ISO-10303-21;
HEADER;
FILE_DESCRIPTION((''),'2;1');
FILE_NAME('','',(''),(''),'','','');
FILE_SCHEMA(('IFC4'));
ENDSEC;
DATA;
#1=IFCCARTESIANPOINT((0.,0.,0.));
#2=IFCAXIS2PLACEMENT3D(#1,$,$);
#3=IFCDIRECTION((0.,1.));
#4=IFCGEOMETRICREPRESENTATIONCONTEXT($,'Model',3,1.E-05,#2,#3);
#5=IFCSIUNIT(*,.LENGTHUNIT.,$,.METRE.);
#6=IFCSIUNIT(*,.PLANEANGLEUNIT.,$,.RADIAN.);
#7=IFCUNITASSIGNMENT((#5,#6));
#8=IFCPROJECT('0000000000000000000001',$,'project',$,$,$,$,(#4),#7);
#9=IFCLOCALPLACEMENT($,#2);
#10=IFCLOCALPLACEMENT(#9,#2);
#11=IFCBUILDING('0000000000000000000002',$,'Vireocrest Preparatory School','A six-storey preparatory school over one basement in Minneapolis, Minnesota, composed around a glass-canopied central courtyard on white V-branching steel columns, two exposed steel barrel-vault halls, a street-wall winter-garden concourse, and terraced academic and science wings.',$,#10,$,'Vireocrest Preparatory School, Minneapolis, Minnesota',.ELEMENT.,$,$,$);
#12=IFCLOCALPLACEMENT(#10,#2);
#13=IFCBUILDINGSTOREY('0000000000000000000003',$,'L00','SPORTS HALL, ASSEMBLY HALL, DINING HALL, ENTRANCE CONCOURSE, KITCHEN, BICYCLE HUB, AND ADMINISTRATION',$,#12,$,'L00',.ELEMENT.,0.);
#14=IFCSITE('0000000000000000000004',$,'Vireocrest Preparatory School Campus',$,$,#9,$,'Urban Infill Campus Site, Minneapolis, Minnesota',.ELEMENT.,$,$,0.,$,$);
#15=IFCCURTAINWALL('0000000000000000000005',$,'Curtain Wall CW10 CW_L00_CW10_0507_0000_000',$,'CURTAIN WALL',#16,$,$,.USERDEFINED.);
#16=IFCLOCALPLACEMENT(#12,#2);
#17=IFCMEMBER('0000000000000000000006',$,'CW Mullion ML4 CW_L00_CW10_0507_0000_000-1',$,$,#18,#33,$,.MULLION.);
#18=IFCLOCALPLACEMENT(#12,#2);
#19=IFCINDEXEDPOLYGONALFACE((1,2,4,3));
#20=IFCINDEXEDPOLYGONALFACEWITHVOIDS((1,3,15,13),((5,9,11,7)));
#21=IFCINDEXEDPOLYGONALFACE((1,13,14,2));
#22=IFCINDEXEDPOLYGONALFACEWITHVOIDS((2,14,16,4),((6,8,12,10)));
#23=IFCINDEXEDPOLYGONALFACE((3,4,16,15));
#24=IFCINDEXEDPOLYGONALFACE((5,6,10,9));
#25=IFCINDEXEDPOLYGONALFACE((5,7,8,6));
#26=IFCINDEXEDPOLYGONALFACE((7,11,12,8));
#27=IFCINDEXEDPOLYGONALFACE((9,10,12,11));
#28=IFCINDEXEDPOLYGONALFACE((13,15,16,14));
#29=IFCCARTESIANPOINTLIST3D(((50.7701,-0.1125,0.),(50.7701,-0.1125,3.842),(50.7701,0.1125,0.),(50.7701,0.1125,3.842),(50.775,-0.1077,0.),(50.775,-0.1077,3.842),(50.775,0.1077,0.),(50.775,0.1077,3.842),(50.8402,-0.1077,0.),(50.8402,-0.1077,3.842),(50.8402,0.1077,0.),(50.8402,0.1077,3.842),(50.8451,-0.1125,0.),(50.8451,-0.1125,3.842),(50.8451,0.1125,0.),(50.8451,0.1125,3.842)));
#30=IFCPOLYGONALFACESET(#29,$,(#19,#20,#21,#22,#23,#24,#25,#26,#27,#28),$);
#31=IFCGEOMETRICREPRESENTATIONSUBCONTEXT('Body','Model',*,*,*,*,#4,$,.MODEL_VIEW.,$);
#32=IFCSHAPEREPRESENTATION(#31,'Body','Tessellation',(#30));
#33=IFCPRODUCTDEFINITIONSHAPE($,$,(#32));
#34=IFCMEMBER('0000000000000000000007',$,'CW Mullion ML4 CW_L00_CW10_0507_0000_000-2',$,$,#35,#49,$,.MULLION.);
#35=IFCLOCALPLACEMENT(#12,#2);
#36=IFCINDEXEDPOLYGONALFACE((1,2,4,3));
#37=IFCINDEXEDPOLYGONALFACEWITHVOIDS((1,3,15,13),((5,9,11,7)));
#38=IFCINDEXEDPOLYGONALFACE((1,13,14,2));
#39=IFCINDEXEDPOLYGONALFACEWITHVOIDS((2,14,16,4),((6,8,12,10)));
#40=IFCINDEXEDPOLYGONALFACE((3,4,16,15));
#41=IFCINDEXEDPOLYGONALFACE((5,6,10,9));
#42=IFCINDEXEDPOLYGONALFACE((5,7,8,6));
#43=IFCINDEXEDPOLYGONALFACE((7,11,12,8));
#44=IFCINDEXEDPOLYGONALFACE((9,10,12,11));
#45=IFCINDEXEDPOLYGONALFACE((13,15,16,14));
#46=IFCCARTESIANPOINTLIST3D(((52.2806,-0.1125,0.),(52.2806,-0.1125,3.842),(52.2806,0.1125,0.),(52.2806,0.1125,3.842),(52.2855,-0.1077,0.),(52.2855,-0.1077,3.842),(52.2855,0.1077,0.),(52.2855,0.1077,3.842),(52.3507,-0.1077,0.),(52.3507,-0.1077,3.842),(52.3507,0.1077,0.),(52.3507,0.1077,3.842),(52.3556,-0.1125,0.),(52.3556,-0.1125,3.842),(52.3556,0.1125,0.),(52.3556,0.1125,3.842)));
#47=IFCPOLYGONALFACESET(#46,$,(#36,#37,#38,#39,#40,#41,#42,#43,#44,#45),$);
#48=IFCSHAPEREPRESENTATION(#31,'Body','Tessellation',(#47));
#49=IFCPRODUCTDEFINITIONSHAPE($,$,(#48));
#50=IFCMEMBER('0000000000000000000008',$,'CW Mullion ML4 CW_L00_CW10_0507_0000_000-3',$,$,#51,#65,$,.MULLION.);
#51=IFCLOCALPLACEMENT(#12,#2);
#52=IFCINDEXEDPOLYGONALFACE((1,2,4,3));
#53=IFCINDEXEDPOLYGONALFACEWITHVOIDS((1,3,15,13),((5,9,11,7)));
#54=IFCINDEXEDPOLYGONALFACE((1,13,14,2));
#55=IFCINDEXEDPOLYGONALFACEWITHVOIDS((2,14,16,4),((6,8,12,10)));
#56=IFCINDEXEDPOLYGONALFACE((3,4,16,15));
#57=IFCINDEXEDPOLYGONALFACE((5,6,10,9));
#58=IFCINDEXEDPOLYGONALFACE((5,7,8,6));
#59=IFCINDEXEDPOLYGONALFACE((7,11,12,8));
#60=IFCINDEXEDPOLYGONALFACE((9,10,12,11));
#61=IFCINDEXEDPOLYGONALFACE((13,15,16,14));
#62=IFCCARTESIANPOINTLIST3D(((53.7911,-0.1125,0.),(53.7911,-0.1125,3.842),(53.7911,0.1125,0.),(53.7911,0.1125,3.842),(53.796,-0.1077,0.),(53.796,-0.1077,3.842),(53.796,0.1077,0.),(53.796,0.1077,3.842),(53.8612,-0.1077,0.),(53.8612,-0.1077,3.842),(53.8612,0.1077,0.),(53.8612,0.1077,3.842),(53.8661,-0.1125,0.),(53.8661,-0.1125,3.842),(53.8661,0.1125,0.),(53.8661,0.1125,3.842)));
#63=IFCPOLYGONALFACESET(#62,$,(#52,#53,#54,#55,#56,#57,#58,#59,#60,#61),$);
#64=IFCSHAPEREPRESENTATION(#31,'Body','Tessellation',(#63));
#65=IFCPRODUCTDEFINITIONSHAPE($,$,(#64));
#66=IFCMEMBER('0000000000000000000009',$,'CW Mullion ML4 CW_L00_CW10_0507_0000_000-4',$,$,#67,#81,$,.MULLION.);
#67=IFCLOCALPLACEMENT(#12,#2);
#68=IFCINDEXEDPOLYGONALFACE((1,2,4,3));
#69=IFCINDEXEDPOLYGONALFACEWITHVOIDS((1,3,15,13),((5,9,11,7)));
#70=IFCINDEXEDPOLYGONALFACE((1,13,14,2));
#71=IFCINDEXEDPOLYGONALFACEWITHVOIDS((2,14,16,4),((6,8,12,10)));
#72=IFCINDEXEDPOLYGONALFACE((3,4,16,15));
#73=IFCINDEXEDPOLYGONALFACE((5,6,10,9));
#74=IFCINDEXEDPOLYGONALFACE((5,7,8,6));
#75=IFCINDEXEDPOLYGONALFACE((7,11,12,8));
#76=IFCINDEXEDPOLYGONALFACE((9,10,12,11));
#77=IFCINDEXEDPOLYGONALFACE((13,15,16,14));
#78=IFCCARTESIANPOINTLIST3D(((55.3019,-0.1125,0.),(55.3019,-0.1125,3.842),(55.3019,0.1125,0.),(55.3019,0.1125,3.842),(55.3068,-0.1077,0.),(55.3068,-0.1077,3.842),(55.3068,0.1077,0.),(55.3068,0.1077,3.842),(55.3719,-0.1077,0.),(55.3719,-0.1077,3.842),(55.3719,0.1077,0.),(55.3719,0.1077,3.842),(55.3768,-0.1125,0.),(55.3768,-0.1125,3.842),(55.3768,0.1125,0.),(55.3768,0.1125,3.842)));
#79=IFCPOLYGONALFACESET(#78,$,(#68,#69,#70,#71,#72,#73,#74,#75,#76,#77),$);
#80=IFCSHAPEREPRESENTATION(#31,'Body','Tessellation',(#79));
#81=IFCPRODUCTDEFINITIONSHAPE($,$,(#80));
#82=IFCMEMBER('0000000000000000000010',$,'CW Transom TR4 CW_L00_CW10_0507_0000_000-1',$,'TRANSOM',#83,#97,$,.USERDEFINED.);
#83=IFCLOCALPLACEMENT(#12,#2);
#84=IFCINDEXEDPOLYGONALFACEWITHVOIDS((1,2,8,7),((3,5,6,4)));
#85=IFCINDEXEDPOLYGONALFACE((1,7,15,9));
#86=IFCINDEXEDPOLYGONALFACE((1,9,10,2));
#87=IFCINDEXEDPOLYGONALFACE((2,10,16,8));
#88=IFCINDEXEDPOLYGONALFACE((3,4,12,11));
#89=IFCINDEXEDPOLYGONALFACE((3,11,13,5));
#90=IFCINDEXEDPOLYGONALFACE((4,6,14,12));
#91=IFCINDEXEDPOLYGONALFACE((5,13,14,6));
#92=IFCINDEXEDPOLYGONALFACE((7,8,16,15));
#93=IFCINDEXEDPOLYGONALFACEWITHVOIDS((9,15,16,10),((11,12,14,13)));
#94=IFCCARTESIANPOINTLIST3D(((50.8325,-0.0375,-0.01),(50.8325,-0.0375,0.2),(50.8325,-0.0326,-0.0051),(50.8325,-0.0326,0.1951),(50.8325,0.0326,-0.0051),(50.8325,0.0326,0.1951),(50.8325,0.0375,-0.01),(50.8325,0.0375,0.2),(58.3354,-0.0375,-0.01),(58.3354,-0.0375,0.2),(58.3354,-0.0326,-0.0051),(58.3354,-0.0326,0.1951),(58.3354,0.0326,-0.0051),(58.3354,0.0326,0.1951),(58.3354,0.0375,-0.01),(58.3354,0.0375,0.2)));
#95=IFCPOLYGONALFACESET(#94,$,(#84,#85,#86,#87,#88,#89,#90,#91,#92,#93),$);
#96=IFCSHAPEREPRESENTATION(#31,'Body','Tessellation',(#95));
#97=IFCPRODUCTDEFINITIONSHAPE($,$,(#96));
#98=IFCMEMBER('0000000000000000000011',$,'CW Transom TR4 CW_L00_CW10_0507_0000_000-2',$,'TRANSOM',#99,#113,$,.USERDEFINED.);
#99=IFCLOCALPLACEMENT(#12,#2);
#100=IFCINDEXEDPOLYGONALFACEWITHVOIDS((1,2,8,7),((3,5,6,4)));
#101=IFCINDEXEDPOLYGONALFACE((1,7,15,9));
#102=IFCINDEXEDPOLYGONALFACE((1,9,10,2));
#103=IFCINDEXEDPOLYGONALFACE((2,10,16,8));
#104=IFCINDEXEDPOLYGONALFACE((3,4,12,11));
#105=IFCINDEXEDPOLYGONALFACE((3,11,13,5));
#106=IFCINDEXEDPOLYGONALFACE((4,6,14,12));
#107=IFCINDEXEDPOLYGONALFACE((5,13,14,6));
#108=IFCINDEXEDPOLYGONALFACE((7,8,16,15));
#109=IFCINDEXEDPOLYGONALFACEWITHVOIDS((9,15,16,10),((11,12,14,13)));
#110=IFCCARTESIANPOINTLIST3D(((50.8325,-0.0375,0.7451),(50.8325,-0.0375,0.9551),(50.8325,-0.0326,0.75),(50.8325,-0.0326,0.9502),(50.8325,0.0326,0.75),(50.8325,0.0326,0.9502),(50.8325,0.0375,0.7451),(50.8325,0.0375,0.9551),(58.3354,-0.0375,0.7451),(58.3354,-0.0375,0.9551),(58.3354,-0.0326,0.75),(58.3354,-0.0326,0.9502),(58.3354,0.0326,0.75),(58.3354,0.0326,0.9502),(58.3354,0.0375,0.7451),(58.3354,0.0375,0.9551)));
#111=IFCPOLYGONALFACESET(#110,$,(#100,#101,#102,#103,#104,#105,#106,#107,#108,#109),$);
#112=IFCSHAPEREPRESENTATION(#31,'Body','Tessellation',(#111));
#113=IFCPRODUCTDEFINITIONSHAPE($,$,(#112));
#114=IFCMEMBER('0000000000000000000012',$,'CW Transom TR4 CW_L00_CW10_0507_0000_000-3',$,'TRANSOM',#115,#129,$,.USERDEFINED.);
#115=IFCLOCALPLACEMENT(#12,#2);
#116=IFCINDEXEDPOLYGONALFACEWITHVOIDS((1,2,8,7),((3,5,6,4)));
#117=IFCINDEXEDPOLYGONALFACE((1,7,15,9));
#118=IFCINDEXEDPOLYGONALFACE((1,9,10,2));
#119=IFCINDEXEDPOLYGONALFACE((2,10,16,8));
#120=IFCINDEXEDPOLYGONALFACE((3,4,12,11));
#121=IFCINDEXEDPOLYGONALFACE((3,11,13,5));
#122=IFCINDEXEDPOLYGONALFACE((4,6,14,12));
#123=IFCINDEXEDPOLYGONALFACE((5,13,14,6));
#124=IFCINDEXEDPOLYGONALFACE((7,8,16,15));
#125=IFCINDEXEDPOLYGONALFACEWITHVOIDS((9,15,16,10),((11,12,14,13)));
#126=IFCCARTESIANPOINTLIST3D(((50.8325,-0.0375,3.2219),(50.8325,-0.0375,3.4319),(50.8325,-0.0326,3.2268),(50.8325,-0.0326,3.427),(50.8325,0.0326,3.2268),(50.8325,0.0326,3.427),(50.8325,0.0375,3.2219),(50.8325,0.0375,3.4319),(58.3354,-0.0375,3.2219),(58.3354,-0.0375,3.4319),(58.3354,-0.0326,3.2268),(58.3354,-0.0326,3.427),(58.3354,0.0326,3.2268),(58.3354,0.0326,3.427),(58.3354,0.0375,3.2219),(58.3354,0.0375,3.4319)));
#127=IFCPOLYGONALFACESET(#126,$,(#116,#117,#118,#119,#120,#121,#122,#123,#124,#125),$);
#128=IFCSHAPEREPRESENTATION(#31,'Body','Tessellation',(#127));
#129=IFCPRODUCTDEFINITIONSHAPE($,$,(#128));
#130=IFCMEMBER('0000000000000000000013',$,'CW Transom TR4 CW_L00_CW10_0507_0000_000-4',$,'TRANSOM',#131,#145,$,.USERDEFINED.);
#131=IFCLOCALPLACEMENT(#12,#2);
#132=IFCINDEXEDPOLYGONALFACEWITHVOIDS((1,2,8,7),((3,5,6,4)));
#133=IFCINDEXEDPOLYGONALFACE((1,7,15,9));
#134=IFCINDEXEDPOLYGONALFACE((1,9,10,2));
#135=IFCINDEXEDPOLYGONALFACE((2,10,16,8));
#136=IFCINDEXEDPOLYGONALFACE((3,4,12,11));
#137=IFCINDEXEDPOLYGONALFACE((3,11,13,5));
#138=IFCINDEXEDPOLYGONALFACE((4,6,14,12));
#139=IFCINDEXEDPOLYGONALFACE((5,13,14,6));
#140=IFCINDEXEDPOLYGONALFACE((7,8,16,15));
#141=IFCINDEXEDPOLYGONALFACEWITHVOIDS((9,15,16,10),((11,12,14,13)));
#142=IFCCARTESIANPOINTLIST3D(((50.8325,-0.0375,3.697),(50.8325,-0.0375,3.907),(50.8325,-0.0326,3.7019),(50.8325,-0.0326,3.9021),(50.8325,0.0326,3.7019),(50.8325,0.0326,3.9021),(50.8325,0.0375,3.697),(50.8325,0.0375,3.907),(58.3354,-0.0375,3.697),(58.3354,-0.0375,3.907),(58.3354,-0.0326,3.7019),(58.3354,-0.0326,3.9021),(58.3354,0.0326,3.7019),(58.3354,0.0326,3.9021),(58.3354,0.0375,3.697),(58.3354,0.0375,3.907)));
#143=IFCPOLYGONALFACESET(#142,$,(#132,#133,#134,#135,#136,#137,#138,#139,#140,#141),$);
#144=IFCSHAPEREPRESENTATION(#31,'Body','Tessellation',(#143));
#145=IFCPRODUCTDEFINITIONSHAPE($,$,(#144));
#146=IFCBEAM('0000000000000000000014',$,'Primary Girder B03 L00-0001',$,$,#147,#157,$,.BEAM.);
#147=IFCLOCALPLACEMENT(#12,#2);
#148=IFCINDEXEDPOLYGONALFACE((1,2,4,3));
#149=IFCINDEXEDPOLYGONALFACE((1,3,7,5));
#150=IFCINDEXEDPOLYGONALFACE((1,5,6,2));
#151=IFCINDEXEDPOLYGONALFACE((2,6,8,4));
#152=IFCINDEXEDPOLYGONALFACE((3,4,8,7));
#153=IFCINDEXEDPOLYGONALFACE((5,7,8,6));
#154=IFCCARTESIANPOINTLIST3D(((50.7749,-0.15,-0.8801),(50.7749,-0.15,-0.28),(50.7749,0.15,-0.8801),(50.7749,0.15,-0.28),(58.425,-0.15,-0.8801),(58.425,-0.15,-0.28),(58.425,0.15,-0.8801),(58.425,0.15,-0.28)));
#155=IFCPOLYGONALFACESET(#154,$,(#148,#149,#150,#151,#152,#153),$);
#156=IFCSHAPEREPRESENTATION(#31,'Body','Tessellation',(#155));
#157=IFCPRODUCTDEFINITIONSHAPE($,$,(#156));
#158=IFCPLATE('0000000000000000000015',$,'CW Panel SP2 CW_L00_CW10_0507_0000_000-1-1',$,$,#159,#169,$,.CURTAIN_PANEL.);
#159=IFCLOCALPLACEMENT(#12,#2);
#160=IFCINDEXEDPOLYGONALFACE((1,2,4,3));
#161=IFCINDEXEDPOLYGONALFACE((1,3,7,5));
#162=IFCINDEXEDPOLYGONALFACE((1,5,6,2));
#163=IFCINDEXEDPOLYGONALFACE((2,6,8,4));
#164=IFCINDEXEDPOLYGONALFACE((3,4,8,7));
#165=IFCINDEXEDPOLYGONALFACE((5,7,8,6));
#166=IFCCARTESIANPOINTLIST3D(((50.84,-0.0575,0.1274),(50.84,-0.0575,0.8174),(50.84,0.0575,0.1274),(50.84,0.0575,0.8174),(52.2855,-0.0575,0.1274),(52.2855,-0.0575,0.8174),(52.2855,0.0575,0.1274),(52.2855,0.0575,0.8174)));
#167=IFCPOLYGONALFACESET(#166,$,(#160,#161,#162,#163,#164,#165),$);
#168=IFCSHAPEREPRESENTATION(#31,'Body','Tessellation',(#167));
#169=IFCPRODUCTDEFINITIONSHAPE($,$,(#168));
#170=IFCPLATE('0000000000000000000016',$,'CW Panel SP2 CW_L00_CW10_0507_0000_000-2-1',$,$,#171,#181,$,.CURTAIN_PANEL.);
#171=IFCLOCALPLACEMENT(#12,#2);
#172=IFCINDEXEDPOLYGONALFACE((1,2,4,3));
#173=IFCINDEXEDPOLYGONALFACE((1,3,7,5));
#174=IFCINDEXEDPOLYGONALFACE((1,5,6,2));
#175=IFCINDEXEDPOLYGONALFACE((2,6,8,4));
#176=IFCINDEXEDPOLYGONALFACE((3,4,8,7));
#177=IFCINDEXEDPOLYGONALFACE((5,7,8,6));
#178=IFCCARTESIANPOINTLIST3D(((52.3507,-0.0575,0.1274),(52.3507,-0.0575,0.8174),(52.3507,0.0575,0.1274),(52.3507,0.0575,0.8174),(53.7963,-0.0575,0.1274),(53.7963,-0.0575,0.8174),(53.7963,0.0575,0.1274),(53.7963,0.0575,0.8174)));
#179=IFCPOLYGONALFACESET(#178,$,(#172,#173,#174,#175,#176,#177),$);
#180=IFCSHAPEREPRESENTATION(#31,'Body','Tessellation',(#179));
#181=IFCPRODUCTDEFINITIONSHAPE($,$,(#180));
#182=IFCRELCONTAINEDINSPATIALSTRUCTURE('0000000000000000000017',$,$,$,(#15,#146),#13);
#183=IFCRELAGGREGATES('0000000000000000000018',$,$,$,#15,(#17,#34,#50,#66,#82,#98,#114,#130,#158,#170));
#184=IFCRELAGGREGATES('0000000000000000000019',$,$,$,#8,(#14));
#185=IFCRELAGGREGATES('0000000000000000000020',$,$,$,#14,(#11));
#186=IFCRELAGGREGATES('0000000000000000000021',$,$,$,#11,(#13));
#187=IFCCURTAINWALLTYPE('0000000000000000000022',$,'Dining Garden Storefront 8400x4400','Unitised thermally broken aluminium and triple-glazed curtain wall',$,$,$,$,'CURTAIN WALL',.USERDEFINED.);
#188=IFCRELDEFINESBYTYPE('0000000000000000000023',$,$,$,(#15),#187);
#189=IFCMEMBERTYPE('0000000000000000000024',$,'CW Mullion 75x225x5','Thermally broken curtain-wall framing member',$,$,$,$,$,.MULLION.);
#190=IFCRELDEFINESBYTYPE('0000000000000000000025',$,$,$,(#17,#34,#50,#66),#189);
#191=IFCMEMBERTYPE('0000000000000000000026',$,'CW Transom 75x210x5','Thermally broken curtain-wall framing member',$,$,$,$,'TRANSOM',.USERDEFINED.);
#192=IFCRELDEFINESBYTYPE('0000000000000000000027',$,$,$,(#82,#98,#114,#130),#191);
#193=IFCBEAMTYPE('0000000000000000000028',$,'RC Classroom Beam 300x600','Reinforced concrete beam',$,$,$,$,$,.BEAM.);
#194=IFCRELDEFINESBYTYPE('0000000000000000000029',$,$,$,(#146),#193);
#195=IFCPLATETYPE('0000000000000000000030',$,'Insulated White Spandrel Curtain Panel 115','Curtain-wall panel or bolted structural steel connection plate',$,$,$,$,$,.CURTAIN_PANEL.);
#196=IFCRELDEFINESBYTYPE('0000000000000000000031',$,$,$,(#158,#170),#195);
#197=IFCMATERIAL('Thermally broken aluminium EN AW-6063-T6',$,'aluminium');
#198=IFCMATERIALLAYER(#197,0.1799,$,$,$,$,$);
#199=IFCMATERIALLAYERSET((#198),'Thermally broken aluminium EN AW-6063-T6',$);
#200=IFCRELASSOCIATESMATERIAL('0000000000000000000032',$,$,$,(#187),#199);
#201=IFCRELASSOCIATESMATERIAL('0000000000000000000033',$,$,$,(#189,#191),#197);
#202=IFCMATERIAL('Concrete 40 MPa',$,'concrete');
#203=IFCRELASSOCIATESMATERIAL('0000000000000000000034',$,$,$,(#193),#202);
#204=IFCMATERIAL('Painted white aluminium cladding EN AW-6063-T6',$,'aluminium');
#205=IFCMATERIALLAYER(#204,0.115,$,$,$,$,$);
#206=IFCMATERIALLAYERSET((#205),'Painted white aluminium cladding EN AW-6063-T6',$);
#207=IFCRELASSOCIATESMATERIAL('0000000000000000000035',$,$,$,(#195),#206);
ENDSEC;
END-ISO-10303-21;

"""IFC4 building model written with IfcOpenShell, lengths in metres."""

from ifc_helpers import new_model, si_unit, direction, frame, origin, origin_2d, place, context, subcontext, project, spatial, rectangle, hollow_rectangle, extrude, material, layer, layer_set, material_profile, profile_set, type_object, element, aggregate, save


model = new_model("IFC4")

# Units and contexts
model_context = context("Model", 3, precision=1e-05, world=origin(), true_north=direction((0.0, 1.0)))
body_context = subcontext(model_context, "Body", "Model", "MODEL_VIEW")
ifc_project = project(units=[si_unit("LENGTHUNIT", "METRE"), si_unit("PLANEANGLEUNIT", "RADIAN")], contexts=[model_context])

# Site, building, storey
site_placement = place(None, origin())
site = spatial("IfcSite", under=ifc_project, at=site_placement, Name="Vireocrest Preparatory School Campus", LongName="Urban Infill Campus Site, Minneapolis, Minnesota", CompositionType="ELEMENT", RefElevation=0.0)
building_placement = place(site_placement, origin())
building = spatial("IfcBuilding", under=site, at=building_placement, Name="Vireocrest Preparatory School", Description="A six-storey preparatory school over one basement in Minneapolis, Minnesota, composed around a glass-canopied central courtyard on white V-branching steel columns, two exposed steel barrel-vault halls, a street-wall winter-garden concourse, and terraced academic and science wings.", LongName="Vireocrest Preparatory School, Minneapolis, Minnesota", CompositionType="ELEMENT")
storey_placement = place(building_placement, origin())
storey = spatial("IfcBuildingStorey", under=building, at=storey_placement, Name="L00", Description="SPORTS HALL, ASSEMBLY HALL, DINING HALL, ENTRANCE CONCOURSE, KITCHEN, BICYCLE HUB, AND ADMINISTRATION", LongName="L00", CompositionType="ELEMENT", Elevation=0.0)

# Curtain wall, members
ifc_material_1 = material(Name="Thermally broken aluminium EN AW-6063-T6", Category="aluminium")
ifc_layer_1 = layer(ifc_material_1, 0.1799)
ifc_layer_set_1 = layer_set([ifc_layer_1], Name="Thermally broken aluminium EN AW-6063-T6")
curtain_wall_type = type_object("IfcCurtainWallType", Name="Dining Garden Storefront 8400x4400", Description="Unitised thermally broken aluminium and triple-glazed curtain wall", ElementType="CURTAIN WALL", PredefinedType="USERDEFINED", material=ifc_layer_set_1)
curtain_wall_placement = place(storey_placement, origin())
curtain_wall = element("IfcCurtainWall", 1, at=curtain_wall_placement, inside=storey, type_object=curtain_wall_type, Name="Curtain Wall CW10 CW_L00_CW10_0507_0000_000", ObjectType="CURTAIN WALL", PredefinedType="USERDEFINED")
ifc_material_profile_1 = material_profile(ifc_material_1, hollow_rectangle(XDim=0.075, YDim=0.2251, WallThickness=0.0049, at=origin_2d()), Name="ALU 75x225x5")
ifc_profile_set_1 = profile_set([ifc_material_profile_1], Name="Thermally broken aluminium EN AW-6063-T6")
member_type_1 = type_object("IfcMemberType", Name="CW Mullion 75x225x5", Description="Thermally broken curtain-wall framing member", PredefinedType="MULLION", material=ifc_profile_set_1)
member_1_placement = place(storey_placement, frame((50.8076, 0.0, 0.0), z_axis=(0.0, 0.0, 1.0), x_axis=(1.0, 0.0, 0.0)))
member_1 = element("IfcMember", 2, at=member_1_placement, type_object=member_type_1, Name="CW Mullion ML4 CW_L00_CW10_0507_0000_000-1", PredefinedType="MULLION", context=body_context, shape_type="SweptSolid", body=[
    extrude(hollow_rectangle(XDim=0.075, YDim=0.2251, WallThickness=0.0049, at=origin_2d()), origin(), (0.0, 0.0, 1.0), 3.842),
])
member_2_placement = place(storey_placement, frame((52.3181, 0.0, 0.0), z_axis=(0.0, 0.0, 1.0), x_axis=(1.0, 0.0, 0.0)))
member_2 = element("IfcMember", 3, at=member_2_placement, type_object=member_type_1, Name="CW Mullion ML4 CW_L00_CW10_0507_0000_000-2", PredefinedType="MULLION", context=body_context, shape_type="SweptSolid", body=[
    extrude(hollow_rectangle(XDim=0.075, YDim=0.2251, WallThickness=0.0049, at=origin_2d()), origin(), (0.0, 0.0, 1.0), 3.842),
])
member_3_placement = place(storey_placement, frame((53.8286, 0.0, 0.0), z_axis=(0.0, 0.0, 1.0), x_axis=(1.0, 0.0, 0.0)))
member_3 = element("IfcMember", 4, at=member_3_placement, type_object=member_type_1, Name="CW Mullion ML4 CW_L00_CW10_0507_0000_000-3", PredefinedType="MULLION", context=body_context, shape_type="SweptSolid", body=[
    extrude(hollow_rectangle(XDim=0.075, YDim=0.2251, WallThickness=0.0049, at=origin_2d()), origin(), (0.0, 0.0, 1.0), 3.842),
])
member_4_placement = place(storey_placement, frame((55.3394, 0.0, 0.0), z_axis=(0.0, 0.0, 1.0), x_axis=(1.0, 0.0, 0.0)))
member_4 = element("IfcMember", 5, at=member_4_placement, type_object=member_type_1, Name="CW Mullion ML4 CW_L00_CW10_0507_0000_000-4", PredefinedType="MULLION", context=body_context, shape_type="SweptSolid", body=[
    extrude(hollow_rectangle(XDim=0.075, YDim=0.2251, WallThickness=0.0049, at=origin_2d()), origin(), (0.0, 0.0, 1.0), 3.842),
])
ifc_material_profile_2 = material_profile(ifc_material_1, hollow_rectangle(XDim=0.075, YDim=0.21, WallThickness=0.0049, at=origin_2d()), Name="ALU 75x210x5")
ifc_profile_set_2 = profile_set([ifc_material_profile_2], Name="Thermally broken aluminium EN AW-6063-T6")
member_type_2 = type_object("IfcMemberType", Name="CW Transom 75x210x5", Description="Thermally broken curtain-wall framing member", ElementType="TRANSOM", PredefinedType="USERDEFINED", material=ifc_profile_set_2)
member_5_placement = place(storey_placement, frame((50.8325, 0.0, 0.095), z_axis=(1.0, 0.0, 0.0), x_axis=(0.0, 1.0, 0.0)))
member_5 = element("IfcMember", 6, at=member_5_placement, type_object=member_type_2, Name="CW Transom TR4 CW_L00_CW10_0507_0000_000-1", ObjectType="TRANSOM", PredefinedType="USERDEFINED", context=body_context, shape_type="SweptSolid", body=[
    extrude(hollow_rectangle(XDim=0.075, YDim=0.21, WallThickness=0.0049, at=origin_2d()), origin(), (0.0, 0.0, 1.0), 7.5029),
])
member_6_placement = place(storey_placement, frame((50.8325, 0.0, 0.8501), z_axis=(1.0, 0.0, 0.0), x_axis=(0.0, 1.0, 0.0)))
member_6 = element("IfcMember", 7, at=member_6_placement, type_object=member_type_2, Name="CW Transom TR4 CW_L00_CW10_0507_0000_000-2", ObjectType="TRANSOM", PredefinedType="USERDEFINED", context=body_context, shape_type="SweptSolid", body=[
    extrude(hollow_rectangle(XDim=0.075, YDim=0.21, WallThickness=0.0049, at=origin_2d()), origin(), (0.0, 0.0, 1.0), 7.5029),
])
member_7_placement = place(storey_placement, frame((50.8325, 0.0, 3.3269), z_axis=(1.0, 0.0, 0.0), x_axis=(0.0, 1.0, 0.0)))
member_7 = element("IfcMember", 8, at=member_7_placement, type_object=member_type_2, Name="CW Transom TR4 CW_L00_CW10_0507_0000_000-3", ObjectType="TRANSOM", PredefinedType="USERDEFINED", context=body_context, shape_type="SweptSolid", body=[
    extrude(hollow_rectangle(XDim=0.075, YDim=0.21, WallThickness=0.0049, at=origin_2d()), origin(), (0.0, 0.0, 1.0), 7.5029),
])
member_8_placement = place(storey_placement, frame((50.8325, 0.0, 3.802), z_axis=(1.0, 0.0, 0.0), x_axis=(0.0, 1.0, 0.0)))
member_8 = element("IfcMember", 9, at=member_8_placement, type_object=member_type_2, Name="CW Transom TR4 CW_L00_CW10_0507_0000_000-4", ObjectType="TRANSOM", PredefinedType="USERDEFINED", context=body_context, shape_type="SweptSolid", body=[
    extrude(hollow_rectangle(XDim=0.075, YDim=0.21, WallThickness=0.0049, at=origin_2d()), origin(), (0.0, 0.0, 1.0), 7.5029),
])

# Beam
ifc_material_2 = material(Name="Concrete 40 MPa", Category="concrete")
ifc_material_profile_3 = material_profile(ifc_material_2, rectangle(XDim=0.3, YDim=0.6001, at=origin_2d()), Name="RC 300x600")
ifc_profile_set_3 = profile_set([ifc_material_profile_3], Name="Concrete 40 MPa")
beam_type = type_object("IfcBeamType", Name="RC Classroom Beam 300x600", Description="Reinforced concrete beam", PredefinedType="BEAM", material=ifc_profile_set_3)
beam_placement = place(storey_placement, frame((50.7749, 0.0, -0.5801), z_axis=(1.0, 0.0, 0.0), x_axis=(0.0, 1.0, 0.0)))
element("IfcBeam", 10, at=beam_placement, inside=storey, type_object=beam_type, Name="Primary Girder B03 L00-0001", PredefinedType="BEAM", context=body_context, shape_type="SweptSolid", body=[
    extrude(rectangle(XDim=0.3, YDim=0.6001, at=origin_2d()), origin(), (0.0, 0.0, 1.0), 7.6501),
])

# Plates
ifc_material_3 = material(Name="Painted white aluminium cladding EN AW-6063-T6", Category="aluminium")
ifc_layer_2 = layer(ifc_material_3, 0.115)
ifc_layer_set_2 = layer_set([ifc_layer_2], Name="Painted white aluminium cladding EN AW-6063-T6")
plate_type_1 = type_object("IfcPlateType", Name="Insulated White Spandrel Curtain Panel 115", Description="Curtain-wall panel or bolted structural steel connection plate", PredefinedType="CURTAIN_PANEL", material=ifc_layer_set_2)
plate_1_placement = place(storey_placement, frame((51.5627, 0.0, 0.1274), z_axis=(0.0, 0.0, 1.0), x_axis=(1.0, 0.0, 0.0)))
plate_1 = element("IfcPlate", 11, at=plate_1_placement, type_object=plate_type_1, Name="CW Panel SP2 CW_L00_CW10_0507_0000_000-1-1", PredefinedType="CURTAIN_PANEL", context=body_context, shape_type="SweptSolid", body=[
    extrude(rectangle(XDim=1.4456, YDim=0.115, at=origin_2d()), origin(), (0.0, 0.0, 1.0), 0.6899),
])
plate_2_placement = place(storey_placement, frame((53.0735, 0.0, 0.1274), z_axis=(0.0, 0.0, 1.0), x_axis=(1.0, 0.0, 0.0)))
plate_2 = element("IfcPlate", 12, at=plate_2_placement, type_object=plate_type_1, Name="CW Panel SP2 CW_L00_CW10_0507_0000_000-2-1", PredefinedType="CURTAIN_PANEL", context=body_context, shape_type="SweptSolid", body=[
    extrude(rectangle(XDim=1.4456, YDim=0.115, at=origin_2d()), origin(), (0.0, 0.0, 1.0), 0.6899),
])
aggregate(curtain_wall, [member_1, member_2, member_3, member_4, member_5, member_6, member_7, member_8, plate_1, plate_2])

save(model, "model.ifc")
